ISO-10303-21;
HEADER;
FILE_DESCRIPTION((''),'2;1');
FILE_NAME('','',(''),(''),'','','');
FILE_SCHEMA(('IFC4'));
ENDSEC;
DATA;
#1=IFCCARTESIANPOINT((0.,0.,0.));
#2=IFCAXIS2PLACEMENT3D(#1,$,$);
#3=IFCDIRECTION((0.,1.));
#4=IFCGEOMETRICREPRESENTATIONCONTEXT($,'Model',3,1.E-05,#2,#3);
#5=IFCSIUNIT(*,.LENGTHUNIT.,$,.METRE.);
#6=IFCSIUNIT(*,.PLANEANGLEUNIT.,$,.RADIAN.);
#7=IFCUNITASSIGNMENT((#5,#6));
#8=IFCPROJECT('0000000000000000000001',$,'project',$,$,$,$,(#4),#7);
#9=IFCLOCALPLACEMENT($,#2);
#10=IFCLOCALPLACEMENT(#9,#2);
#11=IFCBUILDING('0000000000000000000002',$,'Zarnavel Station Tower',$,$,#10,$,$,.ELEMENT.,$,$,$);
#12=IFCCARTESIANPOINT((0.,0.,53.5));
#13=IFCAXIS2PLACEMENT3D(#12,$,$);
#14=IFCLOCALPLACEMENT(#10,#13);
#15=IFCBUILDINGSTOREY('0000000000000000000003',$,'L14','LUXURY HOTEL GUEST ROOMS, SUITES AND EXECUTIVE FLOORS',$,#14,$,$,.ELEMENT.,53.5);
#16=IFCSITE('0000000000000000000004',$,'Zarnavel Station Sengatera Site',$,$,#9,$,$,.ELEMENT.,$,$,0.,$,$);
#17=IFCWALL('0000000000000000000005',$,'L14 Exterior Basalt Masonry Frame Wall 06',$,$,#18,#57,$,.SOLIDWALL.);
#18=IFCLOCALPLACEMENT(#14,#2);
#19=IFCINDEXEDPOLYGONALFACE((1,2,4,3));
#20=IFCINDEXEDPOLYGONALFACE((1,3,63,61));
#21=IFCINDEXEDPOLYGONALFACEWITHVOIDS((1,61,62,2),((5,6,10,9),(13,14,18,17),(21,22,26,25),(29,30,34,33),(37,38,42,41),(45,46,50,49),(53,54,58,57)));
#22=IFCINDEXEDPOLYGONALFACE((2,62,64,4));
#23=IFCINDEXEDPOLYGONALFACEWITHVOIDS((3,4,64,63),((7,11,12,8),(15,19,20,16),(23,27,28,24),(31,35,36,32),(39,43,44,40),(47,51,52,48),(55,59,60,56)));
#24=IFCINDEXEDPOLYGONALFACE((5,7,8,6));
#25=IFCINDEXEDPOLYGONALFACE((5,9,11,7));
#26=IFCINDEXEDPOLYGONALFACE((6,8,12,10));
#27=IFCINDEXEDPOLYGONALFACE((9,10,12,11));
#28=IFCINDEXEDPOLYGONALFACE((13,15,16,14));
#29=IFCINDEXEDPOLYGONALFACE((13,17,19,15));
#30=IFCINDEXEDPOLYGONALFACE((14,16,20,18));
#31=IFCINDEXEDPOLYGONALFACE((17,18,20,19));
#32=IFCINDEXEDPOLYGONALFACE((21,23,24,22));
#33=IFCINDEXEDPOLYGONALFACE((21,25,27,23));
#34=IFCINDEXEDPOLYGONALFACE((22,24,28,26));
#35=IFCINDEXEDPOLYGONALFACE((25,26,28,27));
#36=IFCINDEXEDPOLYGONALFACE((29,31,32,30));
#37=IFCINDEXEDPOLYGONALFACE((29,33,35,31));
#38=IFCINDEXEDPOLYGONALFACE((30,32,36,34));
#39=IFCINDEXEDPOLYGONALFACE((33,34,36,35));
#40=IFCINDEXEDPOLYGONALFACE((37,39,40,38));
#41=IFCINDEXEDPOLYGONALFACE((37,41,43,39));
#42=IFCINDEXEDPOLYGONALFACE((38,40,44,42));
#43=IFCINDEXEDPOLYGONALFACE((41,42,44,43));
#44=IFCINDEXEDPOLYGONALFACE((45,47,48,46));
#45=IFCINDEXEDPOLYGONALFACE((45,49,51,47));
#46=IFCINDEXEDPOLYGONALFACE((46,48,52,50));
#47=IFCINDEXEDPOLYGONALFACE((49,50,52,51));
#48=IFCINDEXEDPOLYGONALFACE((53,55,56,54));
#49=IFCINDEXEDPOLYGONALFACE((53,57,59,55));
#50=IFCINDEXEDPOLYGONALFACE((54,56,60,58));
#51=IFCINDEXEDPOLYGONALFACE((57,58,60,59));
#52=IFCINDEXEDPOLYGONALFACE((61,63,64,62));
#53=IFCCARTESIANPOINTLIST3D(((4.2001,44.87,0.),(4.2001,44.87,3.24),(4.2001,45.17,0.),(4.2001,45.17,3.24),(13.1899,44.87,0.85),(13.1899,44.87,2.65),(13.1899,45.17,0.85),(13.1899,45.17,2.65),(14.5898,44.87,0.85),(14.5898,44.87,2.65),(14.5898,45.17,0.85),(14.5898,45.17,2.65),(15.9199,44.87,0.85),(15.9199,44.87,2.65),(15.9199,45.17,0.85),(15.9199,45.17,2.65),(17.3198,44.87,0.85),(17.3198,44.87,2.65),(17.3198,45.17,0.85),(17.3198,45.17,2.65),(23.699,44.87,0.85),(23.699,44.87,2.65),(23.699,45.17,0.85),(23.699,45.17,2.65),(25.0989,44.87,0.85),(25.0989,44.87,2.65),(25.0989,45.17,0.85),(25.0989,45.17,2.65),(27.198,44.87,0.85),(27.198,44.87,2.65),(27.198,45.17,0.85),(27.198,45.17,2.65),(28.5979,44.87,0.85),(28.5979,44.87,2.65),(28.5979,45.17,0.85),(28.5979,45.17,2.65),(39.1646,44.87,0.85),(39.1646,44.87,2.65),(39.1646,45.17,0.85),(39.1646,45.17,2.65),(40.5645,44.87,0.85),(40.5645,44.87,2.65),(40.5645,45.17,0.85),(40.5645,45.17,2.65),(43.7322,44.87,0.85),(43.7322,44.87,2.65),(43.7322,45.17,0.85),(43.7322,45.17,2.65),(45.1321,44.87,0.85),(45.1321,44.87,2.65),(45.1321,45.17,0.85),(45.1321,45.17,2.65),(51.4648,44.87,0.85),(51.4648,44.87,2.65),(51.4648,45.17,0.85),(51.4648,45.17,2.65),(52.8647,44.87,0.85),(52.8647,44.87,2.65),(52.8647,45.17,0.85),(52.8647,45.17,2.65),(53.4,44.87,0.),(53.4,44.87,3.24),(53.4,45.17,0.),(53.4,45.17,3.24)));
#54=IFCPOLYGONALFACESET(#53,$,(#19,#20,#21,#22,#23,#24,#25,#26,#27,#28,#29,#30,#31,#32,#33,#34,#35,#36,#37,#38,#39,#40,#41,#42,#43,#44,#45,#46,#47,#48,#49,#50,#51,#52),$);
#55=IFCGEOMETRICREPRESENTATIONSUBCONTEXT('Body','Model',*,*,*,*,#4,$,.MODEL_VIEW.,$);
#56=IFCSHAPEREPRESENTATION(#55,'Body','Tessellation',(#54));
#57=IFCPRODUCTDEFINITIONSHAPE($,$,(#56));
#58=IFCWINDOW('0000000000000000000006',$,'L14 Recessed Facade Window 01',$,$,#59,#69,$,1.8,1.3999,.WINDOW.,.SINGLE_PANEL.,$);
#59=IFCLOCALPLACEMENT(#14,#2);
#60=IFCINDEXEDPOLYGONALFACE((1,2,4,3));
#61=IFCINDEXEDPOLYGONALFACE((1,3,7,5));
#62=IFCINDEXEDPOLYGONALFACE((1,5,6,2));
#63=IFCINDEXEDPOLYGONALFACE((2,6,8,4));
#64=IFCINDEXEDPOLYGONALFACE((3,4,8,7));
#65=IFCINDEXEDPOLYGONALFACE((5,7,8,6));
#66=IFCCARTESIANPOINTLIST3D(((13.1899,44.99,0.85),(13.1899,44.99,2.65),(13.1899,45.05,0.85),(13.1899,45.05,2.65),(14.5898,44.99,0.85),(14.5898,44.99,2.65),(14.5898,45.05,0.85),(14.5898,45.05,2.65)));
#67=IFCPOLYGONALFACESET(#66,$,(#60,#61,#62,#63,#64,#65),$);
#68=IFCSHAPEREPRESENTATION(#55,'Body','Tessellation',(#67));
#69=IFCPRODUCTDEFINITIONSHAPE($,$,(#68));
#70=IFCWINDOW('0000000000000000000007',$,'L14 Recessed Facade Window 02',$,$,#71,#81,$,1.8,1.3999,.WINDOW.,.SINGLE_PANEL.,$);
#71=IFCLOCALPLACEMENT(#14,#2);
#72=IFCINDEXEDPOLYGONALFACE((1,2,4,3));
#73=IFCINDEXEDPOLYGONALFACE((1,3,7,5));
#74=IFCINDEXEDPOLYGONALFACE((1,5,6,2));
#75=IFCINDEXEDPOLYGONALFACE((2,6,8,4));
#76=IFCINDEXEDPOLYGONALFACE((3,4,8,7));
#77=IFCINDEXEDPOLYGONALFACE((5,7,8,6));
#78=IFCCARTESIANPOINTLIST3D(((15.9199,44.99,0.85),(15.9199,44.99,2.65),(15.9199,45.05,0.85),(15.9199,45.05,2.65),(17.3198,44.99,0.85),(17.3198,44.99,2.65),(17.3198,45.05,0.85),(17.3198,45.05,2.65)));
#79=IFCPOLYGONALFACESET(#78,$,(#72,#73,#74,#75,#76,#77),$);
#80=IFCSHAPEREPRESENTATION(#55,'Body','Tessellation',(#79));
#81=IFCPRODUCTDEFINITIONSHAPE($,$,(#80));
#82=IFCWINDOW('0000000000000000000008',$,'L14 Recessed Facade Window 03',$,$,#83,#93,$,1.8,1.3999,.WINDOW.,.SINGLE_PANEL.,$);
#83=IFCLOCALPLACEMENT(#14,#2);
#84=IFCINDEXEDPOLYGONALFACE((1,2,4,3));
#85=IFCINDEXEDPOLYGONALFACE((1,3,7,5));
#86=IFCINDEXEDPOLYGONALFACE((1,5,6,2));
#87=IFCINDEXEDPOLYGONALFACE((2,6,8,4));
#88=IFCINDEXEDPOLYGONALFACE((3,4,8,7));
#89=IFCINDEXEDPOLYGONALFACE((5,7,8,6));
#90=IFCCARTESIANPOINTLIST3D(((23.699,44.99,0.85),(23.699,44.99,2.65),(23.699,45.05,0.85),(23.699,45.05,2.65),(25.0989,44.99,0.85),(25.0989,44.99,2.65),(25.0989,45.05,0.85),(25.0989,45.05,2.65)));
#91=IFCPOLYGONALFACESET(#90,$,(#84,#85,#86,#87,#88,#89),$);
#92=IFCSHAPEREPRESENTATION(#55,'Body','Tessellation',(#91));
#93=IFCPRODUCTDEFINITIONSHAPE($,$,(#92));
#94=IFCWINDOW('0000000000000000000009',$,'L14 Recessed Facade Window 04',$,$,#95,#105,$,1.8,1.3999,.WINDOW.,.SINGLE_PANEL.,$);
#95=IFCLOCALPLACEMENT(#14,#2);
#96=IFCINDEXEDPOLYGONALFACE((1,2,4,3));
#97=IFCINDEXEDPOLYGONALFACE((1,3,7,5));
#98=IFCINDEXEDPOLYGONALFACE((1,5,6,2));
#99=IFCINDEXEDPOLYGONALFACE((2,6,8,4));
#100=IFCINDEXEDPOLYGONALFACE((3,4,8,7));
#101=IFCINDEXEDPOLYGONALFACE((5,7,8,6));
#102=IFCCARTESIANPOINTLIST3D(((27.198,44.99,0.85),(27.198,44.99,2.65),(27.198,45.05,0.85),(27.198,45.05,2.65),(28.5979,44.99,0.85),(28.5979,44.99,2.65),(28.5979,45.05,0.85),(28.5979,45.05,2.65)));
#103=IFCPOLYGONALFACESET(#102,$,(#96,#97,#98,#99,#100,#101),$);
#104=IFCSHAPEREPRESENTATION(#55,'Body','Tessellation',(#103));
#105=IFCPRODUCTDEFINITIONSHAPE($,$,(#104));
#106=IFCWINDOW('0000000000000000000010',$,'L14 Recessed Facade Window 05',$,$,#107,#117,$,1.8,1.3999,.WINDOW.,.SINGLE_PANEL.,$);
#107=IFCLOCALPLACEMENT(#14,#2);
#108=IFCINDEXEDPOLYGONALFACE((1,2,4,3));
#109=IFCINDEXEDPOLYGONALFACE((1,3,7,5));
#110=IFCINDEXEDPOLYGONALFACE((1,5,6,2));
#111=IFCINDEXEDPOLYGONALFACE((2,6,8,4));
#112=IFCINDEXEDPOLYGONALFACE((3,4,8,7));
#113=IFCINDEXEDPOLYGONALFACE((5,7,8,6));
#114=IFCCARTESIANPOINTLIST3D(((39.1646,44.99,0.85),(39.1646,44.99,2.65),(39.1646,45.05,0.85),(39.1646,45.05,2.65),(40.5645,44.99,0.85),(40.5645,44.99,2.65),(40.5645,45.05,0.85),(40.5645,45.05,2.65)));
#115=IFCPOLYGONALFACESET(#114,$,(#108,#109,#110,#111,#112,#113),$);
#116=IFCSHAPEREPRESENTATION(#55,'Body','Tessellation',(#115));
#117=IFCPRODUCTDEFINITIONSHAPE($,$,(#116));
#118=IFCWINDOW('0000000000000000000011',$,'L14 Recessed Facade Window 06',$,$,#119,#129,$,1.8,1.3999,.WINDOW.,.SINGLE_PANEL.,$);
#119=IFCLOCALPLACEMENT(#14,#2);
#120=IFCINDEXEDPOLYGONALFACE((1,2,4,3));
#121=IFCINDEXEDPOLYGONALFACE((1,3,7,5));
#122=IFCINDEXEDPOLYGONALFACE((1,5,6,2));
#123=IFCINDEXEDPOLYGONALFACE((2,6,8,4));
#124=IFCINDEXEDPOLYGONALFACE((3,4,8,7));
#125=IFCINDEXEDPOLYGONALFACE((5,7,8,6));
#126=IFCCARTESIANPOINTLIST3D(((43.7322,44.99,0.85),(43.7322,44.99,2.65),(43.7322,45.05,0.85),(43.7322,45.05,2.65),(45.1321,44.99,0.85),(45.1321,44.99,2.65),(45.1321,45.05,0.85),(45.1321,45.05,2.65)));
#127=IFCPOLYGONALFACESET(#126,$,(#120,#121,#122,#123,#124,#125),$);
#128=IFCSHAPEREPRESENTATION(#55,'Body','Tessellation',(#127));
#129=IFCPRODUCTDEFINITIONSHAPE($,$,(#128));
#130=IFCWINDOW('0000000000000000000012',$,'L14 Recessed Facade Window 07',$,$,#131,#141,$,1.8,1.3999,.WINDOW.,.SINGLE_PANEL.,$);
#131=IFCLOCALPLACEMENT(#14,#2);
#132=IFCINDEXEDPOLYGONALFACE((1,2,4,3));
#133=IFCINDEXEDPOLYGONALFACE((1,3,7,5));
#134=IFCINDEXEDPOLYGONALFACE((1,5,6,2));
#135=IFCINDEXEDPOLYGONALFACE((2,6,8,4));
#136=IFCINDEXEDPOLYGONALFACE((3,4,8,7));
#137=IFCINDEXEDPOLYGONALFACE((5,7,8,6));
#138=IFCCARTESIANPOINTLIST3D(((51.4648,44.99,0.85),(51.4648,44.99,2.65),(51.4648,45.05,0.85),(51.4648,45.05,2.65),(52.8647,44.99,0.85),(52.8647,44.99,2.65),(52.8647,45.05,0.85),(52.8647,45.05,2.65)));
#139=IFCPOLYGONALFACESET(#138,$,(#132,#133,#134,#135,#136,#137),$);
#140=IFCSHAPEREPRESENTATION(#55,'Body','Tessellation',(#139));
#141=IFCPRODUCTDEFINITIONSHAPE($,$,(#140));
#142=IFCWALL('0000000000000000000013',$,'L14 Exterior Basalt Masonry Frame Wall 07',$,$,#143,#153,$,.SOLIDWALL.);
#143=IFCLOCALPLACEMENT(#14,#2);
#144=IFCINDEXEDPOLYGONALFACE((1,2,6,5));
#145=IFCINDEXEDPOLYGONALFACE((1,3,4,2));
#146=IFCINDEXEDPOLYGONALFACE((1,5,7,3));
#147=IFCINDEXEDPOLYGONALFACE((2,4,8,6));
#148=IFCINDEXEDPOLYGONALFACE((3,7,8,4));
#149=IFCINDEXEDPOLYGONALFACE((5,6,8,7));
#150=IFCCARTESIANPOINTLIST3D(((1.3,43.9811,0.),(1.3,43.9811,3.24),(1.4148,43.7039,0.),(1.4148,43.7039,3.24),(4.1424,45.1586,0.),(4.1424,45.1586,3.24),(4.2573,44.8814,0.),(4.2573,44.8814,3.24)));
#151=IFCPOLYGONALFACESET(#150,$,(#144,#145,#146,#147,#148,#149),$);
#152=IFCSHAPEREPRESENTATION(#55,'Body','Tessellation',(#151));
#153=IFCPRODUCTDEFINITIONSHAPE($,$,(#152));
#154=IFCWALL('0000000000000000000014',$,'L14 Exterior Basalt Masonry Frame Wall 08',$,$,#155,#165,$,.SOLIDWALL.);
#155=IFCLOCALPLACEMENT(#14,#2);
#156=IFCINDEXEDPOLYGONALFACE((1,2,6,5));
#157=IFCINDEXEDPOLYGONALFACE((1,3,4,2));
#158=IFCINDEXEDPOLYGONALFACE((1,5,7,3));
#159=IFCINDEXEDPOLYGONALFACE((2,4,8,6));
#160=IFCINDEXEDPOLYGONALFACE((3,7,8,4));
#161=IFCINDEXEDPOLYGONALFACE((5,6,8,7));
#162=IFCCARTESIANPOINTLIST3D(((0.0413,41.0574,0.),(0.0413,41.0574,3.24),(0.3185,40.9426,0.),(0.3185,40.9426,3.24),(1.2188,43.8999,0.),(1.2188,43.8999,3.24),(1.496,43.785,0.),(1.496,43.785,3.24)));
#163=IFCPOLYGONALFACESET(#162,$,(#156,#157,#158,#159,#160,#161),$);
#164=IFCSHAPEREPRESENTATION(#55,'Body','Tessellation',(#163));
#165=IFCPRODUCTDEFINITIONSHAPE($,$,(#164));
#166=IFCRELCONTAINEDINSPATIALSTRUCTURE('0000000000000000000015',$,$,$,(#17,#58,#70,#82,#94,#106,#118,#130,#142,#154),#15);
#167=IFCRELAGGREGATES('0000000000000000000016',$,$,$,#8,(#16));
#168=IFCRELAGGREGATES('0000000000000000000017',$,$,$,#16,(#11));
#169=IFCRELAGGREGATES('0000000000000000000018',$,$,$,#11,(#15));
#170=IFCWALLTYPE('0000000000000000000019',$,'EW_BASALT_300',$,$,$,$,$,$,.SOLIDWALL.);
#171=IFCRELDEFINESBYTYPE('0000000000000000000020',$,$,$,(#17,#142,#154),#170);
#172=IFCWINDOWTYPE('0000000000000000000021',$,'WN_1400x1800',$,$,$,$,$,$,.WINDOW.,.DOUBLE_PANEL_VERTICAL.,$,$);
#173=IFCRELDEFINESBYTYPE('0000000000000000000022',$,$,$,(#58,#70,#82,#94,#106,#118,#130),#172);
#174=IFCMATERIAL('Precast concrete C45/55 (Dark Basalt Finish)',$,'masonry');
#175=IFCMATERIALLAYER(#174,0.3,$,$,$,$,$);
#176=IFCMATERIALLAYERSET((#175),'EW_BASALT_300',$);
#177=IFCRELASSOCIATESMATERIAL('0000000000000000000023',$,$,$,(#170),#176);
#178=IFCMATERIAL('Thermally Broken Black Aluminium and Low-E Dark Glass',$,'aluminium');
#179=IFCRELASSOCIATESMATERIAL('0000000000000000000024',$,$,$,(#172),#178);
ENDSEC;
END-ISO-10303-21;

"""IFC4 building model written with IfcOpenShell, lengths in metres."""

from ifc_helpers import new_model, si_unit, direction, frame, frame_2d, origin, place, context, subcontext, project, spatial, rectangle, extrude, material, layer, layer_set, type_object, element, fill, save


model = new_model("IFC4")

# Units and contexts
model_context = context("Model", 3, precision=1e-05, world=origin(), true_north=direction((0.0, 1.0)))
body_context = subcontext(model_context, "Body", "Model", "MODEL_VIEW")
ifc_project = project(units=[si_unit("LENGTHUNIT", "METRE"), si_unit("PLANEANGLEUNIT", "RADIAN")], contexts=[model_context])

# Site, building, storey
site_placement = place(None, origin())
site = spatial("IfcSite", under=ifc_project, at=site_placement, Name="Zarnavel Station Sengatera Site", CompositionType="ELEMENT", RefElevation=0.0)
building_placement = place(site_placement, origin())
building = spatial("IfcBuilding", under=site, at=building_placement, Name="Zarnavel Station Tower", CompositionType="ELEMENT")
storey_placement = place(building_placement, frame((0.0, 0.0, 53.5)))
storey = spatial("IfcBuildingStorey", under=building, at=storey_placement, Name="L14", Description="LUXURY HOTEL GUEST ROOMS, SUITES AND EXECUTIVE FLOORS", CompositionType="ELEMENT", Elevation=53.5)

# Wall, openings, windows
ifc_material_1 = material(Name="Precast concrete C45/55 (Dark Basalt Finish)", Category="masonry")
ifc_layer_1 = layer(ifc_material_1, 0.3)
ifc_layer_set_1 = layer_set([ifc_layer_1], Name="EW_BASALT_300")
wall_type_1 = type_object("IfcWallType", Name="EW_BASALT_300", PredefinedType="SOLIDWALL", material=ifc_layer_set_1)
wall_1_placement = place(storey_placement, frame((4.2, 45.02, 0.0), z_axis=(0.0, 0.0, 1.0), x_axis=(1.0, 0.0, 0.0)))
wall_1 = element("IfcWall", 1, at=wall_1_placement, inside=storey, type_object=wall_type_1, Name="L14 Exterior Basalt Masonry Frame Wall 06", PredefinedType="SOLIDWALL", context=body_context, shape_type="SweptSolid", body=[
    extrude(rectangle(XDim=49.2, YDim=0.3, at=frame_2d((24.6001, 0.0))), origin(), (0.0, 0.0, 1.0), 3.24),
])
opening_1_placement = place(wall_1_placement, frame((8.99, 0.0, 0.8501)))
opening_1 = element("IfcOpeningElement", 2, at=opening_1_placement, cuts=wall_1, PredefinedType="OPENING", context=body_context, shape_type="SweptSolid", body=[
    extrude(rectangle(XDim=1.3999, YDim=1.8, at=frame_2d((0.7, 0.8999))), frame((0.0, 0.1599, 0.0), z_axis=(0.0, -1.0, 0.0), x_axis=(1.0, 0.0, 0.0)), (0.0, 0.0, 1.0), 0.3201),
])
opening_2_placement = place(wall_1_placement, frame((11.72, 0.0, 0.8501)))
opening_2 = element("IfcOpeningElement", 3, at=opening_2_placement, cuts=wall_1, PredefinedType="OPENING", context=body_context, shape_type="SweptSolid", body=[
    extrude(rectangle(XDim=1.3999, YDim=1.8, at=frame_2d((0.7, 0.8999))), frame((0.0, 0.1599, 0.0), z_axis=(0.0, -1.0, 0.0), x_axis=(1.0, 0.0, 0.0)), (0.0, 0.0, 1.0), 0.3201),
])
opening_3_placement = place(wall_1_placement, frame((19.499, 0.0, 0.8501)))
opening_3 = element("IfcOpeningElement", 4, at=opening_3_placement, cuts=wall_1, PredefinedType="OPENING", context=body_context, shape_type="SweptSolid", body=[
    extrude(rectangle(XDim=1.3999, YDim=1.8, at=frame_2d((0.7, 0.8999))), frame((0.0, 0.1599, 0.0), z_axis=(0.0, -1.0, 0.0), x_axis=(1.0, 0.0, 0.0)), (0.0, 0.0, 1.0), 0.3201),
])
opening_4_placement = place(wall_1_placement, frame((22.998, 0.0, 0.8501)))
opening_4 = element("IfcOpeningElement", 5, at=opening_4_placement, cuts=wall_1, PredefinedType="OPENING", context=body_context, shape_type="SweptSolid", body=[
    extrude(rectangle(XDim=1.3999, YDim=1.8, at=frame_2d((0.7, 0.8999))), frame((0.0, 0.1599, 0.0), z_axis=(0.0, -1.0, 0.0), x_axis=(1.0, 0.0, 0.0)), (0.0, 0.0, 1.0), 0.3201),
])
opening_5_placement = place(wall_1_placement, frame((34.9646, 0.0, 0.8501)))
opening_5 = element("IfcOpeningElement", 6, at=opening_5_placement, cuts=wall_1, PredefinedType="OPENING", context=body_context, shape_type="SweptSolid", body=[
    extrude(rectangle(XDim=1.3999, YDim=1.8, at=frame_2d((0.7, 0.8999))), frame((0.0, 0.1599, 0.0), z_axis=(0.0, -1.0, 0.0), x_axis=(1.0, 0.0, 0.0)), (0.0, 0.0, 1.0), 0.3201),
])
opening_6_placement = place(wall_1_placement, frame((39.5322, 0.0, 0.8501)))
opening_6 = element("IfcOpeningElement", 7, at=opening_6_placement, cuts=wall_1, PredefinedType="OPENING", context=body_context, shape_type="SweptSolid", body=[
    extrude(rectangle(XDim=1.3999, YDim=1.8, at=frame_2d((0.7, 0.8999))), frame((0.0, 0.1599, 0.0), z_axis=(0.0, -1.0, 0.0), x_axis=(1.0, 0.0, 0.0)), (0.0, 0.0, 1.0), 0.3201),
])
opening_7_placement = place(wall_1_placement, frame((47.2649, 0.0, 0.8501)))
opening_7 = element("IfcOpeningElement", 8, at=opening_7_placement, cuts=wall_1, PredefinedType="OPENING", context=body_context, shape_type="SweptSolid", body=[
    extrude(rectangle(XDim=1.3999, YDim=1.8, at=frame_2d((0.7, 0.8999))), frame((0.0, 0.1599, 0.0), z_axis=(0.0, -1.0, 0.0), x_axis=(1.0, 0.0, 0.0)), (0.0, 0.0, 1.0), 0.3201),
])
ifc_material_2 = material(Name="Thermally Broken Black Aluminium and Low-E Dark Glass", Category="aluminium")
window_type = type_object("IfcWindowType", Name="WN_1400x1800", PartitioningType="DOUBLE_PANEL_VERTICAL", PredefinedType="WINDOW", material=ifc_material_2)
window_1_placement = place(opening_1_placement, origin())
window_1 = element("IfcWindow", 9, at=window_1_placement, inside=storey, type_object=window_type, Name="L14 Recessed Facade Window 01", OverallHeight=1.8, OverallWidth=1.3999, PartitioningType="SINGLE_PANEL", PredefinedType="WINDOW", context=body_context, shape_type="SweptSolid", body=[
    extrude(rectangle(XDim=1.3999, YDim=1.8, at=frame_2d((0.7, 0.8999))), frame((0.0, 0.03, 0.0), z_axis=(0.0, -1.0, 0.0), x_axis=(1.0, 0.0, 0.0)), (0.0, 0.0, 1.0), 0.0601),
])
fill(opening_1, window_1)
window_2_placement = place(opening_2_placement, origin())
window_2 = element("IfcWindow", 10, at=window_2_placement, inside=storey, type_object=window_type, Name="L14 Recessed Facade Window 02", OverallHeight=1.8, OverallWidth=1.3999, PartitioningType="SINGLE_PANEL", PredefinedType="WINDOW", context=body_context, shape_type="SweptSolid", body=[
    extrude(rectangle(XDim=1.3999, YDim=1.8, at=frame_2d((0.7, 0.8999))), frame((0.0, 0.03, 0.0), z_axis=(0.0, -1.0, 0.0), x_axis=(1.0, 0.0, 0.0)), (0.0, 0.0, 1.0), 0.0601),
])
fill(opening_2, window_2)
window_3_placement = place(opening_3_placement, origin())
window_3 = element("IfcWindow", 11, at=window_3_placement, inside=storey, type_object=window_type, Name="L14 Recessed Facade Window 03", OverallHeight=1.8, OverallWidth=1.3999, PartitioningType="SINGLE_PANEL", PredefinedType="WINDOW", context=body_context, shape_type="SweptSolid", body=[
    extrude(rectangle(XDim=1.3999, YDim=1.8, at=frame_2d((0.7, 0.8999))), frame((0.0, 0.03, 0.0), z_axis=(0.0, -1.0, 0.0), x_axis=(1.0, 0.0, 0.0)), (0.0, 0.0, 1.0), 0.0601),
])
fill(opening_3, window_3)
window_4_placement = place(opening_4_placement, origin())
window_4 = element("IfcWindow", 12, at=window_4_placement, inside=storey, type_object=window_type, Name="L14 Recessed Facade Window 04", OverallHeight=1.8, OverallWidth=1.3999, PartitioningType="SINGLE_PANEL", PredefinedType="WINDOW", context=body_context, shape_type="SweptSolid", body=[
    extrude(rectangle(XDim=1.3999, YDim=1.8, at=frame_2d((0.7, 0.8999))), frame((0.0, 0.03, 0.0), z_axis=(0.0, -1.0, 0.0), x_axis=(1.0, 0.0, 0.0)), (0.0, 0.0, 1.0), 0.0601),
])
fill(opening_4, window_4)
window_5_placement = place(opening_5_placement, origin())
window_5 = element("IfcWindow", 13, at=window_5_placement, inside=storey, type_object=window_type, Name="L14 Recessed Facade Window 05", OverallHeight=1.8, OverallWidth=1.3999, PartitioningType="SINGLE_PANEL", PredefinedType="WINDOW", context=body_context, shape_type="SweptSolid", body=[
    extrude(rectangle(XDim=1.3999, YDim=1.8, at=frame_2d((0.7, 0.8999))), frame((0.0, 0.03, 0.0), z_axis=(0.0, -1.0, 0.0), x_axis=(1.0, 0.0, 0.0)), (0.0, 0.0, 1.0), 0.0601),
])
fill(opening_5, window_5)
window_6_placement = place(opening_6_placement, origin())
window_6 = element("IfcWindow", 14, at=window_6_placement, inside=storey, type_object=window_type, Name="L14 Recessed Facade Window 06", OverallHeight=1.8, OverallWidth=1.3999, PartitioningType="SINGLE_PANEL", PredefinedType="WINDOW", context=body_context, shape_type="SweptSolid", body=[
    extrude(rectangle(XDim=1.3999, YDim=1.8, at=frame_2d((0.7, 0.8999))), frame((0.0, 0.03, 0.0), z_axis=(0.0, -1.0, 0.0), x_axis=(1.0, 0.0, 0.0)), (0.0, 0.0, 1.0), 0.0601),
])
fill(opening_6, window_6)
window_7_placement = place(opening_7_placement, origin())
window_7 = element("IfcWindow", 15, at=window_7_placement, inside=storey, type_object=window_type, Name="L14 Recessed Facade Window 07", OverallHeight=1.8, OverallWidth=1.3999, PartitioningType="SINGLE_PANEL", PredefinedType="WINDOW", context=body_context, shape_type="SweptSolid", body=[
    extrude(rectangle(XDim=1.3999, YDim=1.8, at=frame_2d((0.7, 0.8999))), frame((0.0, 0.03, 0.0), z_axis=(0.0, -1.0, 0.0), x_axis=(1.0, 0.0, 0.0)), (0.0, 0.0, 1.0), 0.0601),
])
fill(opening_7, window_7)

# Walls
for number, where, z_axis, x_axis, name in (
    (16, (1.3574, 43.8425, 0.0), (0.0, 0.0, 1.0), (0.923871, 0.382705, 0.0), "L14 Exterior Basalt Masonry Frame Wall 07"),
    (17, (0.1799, 41.0, 0.0), (0.0, 0.0, 1.0), (0.382705, 0.923871, 0.0), "L14 Exterior Basalt Masonry Frame Wall 08"),
):
    element("IfcWall", number, at=place(storey_placement, frame(where, z_axis=z_axis, x_axis=x_axis)), inside=storey, type_object=wall_type_1, Name=name, PredefinedType="SOLIDWALL", context=body_context, shape_type="SweptSolid", body=[
        extrude(rectangle(XDim=3.0767, YDim=0.3, at=frame_2d((1.5383, 0.0))), origin(), (0.0, 0.0, 1.0), 3.24),
    ])

save(model, "model.ifc")
